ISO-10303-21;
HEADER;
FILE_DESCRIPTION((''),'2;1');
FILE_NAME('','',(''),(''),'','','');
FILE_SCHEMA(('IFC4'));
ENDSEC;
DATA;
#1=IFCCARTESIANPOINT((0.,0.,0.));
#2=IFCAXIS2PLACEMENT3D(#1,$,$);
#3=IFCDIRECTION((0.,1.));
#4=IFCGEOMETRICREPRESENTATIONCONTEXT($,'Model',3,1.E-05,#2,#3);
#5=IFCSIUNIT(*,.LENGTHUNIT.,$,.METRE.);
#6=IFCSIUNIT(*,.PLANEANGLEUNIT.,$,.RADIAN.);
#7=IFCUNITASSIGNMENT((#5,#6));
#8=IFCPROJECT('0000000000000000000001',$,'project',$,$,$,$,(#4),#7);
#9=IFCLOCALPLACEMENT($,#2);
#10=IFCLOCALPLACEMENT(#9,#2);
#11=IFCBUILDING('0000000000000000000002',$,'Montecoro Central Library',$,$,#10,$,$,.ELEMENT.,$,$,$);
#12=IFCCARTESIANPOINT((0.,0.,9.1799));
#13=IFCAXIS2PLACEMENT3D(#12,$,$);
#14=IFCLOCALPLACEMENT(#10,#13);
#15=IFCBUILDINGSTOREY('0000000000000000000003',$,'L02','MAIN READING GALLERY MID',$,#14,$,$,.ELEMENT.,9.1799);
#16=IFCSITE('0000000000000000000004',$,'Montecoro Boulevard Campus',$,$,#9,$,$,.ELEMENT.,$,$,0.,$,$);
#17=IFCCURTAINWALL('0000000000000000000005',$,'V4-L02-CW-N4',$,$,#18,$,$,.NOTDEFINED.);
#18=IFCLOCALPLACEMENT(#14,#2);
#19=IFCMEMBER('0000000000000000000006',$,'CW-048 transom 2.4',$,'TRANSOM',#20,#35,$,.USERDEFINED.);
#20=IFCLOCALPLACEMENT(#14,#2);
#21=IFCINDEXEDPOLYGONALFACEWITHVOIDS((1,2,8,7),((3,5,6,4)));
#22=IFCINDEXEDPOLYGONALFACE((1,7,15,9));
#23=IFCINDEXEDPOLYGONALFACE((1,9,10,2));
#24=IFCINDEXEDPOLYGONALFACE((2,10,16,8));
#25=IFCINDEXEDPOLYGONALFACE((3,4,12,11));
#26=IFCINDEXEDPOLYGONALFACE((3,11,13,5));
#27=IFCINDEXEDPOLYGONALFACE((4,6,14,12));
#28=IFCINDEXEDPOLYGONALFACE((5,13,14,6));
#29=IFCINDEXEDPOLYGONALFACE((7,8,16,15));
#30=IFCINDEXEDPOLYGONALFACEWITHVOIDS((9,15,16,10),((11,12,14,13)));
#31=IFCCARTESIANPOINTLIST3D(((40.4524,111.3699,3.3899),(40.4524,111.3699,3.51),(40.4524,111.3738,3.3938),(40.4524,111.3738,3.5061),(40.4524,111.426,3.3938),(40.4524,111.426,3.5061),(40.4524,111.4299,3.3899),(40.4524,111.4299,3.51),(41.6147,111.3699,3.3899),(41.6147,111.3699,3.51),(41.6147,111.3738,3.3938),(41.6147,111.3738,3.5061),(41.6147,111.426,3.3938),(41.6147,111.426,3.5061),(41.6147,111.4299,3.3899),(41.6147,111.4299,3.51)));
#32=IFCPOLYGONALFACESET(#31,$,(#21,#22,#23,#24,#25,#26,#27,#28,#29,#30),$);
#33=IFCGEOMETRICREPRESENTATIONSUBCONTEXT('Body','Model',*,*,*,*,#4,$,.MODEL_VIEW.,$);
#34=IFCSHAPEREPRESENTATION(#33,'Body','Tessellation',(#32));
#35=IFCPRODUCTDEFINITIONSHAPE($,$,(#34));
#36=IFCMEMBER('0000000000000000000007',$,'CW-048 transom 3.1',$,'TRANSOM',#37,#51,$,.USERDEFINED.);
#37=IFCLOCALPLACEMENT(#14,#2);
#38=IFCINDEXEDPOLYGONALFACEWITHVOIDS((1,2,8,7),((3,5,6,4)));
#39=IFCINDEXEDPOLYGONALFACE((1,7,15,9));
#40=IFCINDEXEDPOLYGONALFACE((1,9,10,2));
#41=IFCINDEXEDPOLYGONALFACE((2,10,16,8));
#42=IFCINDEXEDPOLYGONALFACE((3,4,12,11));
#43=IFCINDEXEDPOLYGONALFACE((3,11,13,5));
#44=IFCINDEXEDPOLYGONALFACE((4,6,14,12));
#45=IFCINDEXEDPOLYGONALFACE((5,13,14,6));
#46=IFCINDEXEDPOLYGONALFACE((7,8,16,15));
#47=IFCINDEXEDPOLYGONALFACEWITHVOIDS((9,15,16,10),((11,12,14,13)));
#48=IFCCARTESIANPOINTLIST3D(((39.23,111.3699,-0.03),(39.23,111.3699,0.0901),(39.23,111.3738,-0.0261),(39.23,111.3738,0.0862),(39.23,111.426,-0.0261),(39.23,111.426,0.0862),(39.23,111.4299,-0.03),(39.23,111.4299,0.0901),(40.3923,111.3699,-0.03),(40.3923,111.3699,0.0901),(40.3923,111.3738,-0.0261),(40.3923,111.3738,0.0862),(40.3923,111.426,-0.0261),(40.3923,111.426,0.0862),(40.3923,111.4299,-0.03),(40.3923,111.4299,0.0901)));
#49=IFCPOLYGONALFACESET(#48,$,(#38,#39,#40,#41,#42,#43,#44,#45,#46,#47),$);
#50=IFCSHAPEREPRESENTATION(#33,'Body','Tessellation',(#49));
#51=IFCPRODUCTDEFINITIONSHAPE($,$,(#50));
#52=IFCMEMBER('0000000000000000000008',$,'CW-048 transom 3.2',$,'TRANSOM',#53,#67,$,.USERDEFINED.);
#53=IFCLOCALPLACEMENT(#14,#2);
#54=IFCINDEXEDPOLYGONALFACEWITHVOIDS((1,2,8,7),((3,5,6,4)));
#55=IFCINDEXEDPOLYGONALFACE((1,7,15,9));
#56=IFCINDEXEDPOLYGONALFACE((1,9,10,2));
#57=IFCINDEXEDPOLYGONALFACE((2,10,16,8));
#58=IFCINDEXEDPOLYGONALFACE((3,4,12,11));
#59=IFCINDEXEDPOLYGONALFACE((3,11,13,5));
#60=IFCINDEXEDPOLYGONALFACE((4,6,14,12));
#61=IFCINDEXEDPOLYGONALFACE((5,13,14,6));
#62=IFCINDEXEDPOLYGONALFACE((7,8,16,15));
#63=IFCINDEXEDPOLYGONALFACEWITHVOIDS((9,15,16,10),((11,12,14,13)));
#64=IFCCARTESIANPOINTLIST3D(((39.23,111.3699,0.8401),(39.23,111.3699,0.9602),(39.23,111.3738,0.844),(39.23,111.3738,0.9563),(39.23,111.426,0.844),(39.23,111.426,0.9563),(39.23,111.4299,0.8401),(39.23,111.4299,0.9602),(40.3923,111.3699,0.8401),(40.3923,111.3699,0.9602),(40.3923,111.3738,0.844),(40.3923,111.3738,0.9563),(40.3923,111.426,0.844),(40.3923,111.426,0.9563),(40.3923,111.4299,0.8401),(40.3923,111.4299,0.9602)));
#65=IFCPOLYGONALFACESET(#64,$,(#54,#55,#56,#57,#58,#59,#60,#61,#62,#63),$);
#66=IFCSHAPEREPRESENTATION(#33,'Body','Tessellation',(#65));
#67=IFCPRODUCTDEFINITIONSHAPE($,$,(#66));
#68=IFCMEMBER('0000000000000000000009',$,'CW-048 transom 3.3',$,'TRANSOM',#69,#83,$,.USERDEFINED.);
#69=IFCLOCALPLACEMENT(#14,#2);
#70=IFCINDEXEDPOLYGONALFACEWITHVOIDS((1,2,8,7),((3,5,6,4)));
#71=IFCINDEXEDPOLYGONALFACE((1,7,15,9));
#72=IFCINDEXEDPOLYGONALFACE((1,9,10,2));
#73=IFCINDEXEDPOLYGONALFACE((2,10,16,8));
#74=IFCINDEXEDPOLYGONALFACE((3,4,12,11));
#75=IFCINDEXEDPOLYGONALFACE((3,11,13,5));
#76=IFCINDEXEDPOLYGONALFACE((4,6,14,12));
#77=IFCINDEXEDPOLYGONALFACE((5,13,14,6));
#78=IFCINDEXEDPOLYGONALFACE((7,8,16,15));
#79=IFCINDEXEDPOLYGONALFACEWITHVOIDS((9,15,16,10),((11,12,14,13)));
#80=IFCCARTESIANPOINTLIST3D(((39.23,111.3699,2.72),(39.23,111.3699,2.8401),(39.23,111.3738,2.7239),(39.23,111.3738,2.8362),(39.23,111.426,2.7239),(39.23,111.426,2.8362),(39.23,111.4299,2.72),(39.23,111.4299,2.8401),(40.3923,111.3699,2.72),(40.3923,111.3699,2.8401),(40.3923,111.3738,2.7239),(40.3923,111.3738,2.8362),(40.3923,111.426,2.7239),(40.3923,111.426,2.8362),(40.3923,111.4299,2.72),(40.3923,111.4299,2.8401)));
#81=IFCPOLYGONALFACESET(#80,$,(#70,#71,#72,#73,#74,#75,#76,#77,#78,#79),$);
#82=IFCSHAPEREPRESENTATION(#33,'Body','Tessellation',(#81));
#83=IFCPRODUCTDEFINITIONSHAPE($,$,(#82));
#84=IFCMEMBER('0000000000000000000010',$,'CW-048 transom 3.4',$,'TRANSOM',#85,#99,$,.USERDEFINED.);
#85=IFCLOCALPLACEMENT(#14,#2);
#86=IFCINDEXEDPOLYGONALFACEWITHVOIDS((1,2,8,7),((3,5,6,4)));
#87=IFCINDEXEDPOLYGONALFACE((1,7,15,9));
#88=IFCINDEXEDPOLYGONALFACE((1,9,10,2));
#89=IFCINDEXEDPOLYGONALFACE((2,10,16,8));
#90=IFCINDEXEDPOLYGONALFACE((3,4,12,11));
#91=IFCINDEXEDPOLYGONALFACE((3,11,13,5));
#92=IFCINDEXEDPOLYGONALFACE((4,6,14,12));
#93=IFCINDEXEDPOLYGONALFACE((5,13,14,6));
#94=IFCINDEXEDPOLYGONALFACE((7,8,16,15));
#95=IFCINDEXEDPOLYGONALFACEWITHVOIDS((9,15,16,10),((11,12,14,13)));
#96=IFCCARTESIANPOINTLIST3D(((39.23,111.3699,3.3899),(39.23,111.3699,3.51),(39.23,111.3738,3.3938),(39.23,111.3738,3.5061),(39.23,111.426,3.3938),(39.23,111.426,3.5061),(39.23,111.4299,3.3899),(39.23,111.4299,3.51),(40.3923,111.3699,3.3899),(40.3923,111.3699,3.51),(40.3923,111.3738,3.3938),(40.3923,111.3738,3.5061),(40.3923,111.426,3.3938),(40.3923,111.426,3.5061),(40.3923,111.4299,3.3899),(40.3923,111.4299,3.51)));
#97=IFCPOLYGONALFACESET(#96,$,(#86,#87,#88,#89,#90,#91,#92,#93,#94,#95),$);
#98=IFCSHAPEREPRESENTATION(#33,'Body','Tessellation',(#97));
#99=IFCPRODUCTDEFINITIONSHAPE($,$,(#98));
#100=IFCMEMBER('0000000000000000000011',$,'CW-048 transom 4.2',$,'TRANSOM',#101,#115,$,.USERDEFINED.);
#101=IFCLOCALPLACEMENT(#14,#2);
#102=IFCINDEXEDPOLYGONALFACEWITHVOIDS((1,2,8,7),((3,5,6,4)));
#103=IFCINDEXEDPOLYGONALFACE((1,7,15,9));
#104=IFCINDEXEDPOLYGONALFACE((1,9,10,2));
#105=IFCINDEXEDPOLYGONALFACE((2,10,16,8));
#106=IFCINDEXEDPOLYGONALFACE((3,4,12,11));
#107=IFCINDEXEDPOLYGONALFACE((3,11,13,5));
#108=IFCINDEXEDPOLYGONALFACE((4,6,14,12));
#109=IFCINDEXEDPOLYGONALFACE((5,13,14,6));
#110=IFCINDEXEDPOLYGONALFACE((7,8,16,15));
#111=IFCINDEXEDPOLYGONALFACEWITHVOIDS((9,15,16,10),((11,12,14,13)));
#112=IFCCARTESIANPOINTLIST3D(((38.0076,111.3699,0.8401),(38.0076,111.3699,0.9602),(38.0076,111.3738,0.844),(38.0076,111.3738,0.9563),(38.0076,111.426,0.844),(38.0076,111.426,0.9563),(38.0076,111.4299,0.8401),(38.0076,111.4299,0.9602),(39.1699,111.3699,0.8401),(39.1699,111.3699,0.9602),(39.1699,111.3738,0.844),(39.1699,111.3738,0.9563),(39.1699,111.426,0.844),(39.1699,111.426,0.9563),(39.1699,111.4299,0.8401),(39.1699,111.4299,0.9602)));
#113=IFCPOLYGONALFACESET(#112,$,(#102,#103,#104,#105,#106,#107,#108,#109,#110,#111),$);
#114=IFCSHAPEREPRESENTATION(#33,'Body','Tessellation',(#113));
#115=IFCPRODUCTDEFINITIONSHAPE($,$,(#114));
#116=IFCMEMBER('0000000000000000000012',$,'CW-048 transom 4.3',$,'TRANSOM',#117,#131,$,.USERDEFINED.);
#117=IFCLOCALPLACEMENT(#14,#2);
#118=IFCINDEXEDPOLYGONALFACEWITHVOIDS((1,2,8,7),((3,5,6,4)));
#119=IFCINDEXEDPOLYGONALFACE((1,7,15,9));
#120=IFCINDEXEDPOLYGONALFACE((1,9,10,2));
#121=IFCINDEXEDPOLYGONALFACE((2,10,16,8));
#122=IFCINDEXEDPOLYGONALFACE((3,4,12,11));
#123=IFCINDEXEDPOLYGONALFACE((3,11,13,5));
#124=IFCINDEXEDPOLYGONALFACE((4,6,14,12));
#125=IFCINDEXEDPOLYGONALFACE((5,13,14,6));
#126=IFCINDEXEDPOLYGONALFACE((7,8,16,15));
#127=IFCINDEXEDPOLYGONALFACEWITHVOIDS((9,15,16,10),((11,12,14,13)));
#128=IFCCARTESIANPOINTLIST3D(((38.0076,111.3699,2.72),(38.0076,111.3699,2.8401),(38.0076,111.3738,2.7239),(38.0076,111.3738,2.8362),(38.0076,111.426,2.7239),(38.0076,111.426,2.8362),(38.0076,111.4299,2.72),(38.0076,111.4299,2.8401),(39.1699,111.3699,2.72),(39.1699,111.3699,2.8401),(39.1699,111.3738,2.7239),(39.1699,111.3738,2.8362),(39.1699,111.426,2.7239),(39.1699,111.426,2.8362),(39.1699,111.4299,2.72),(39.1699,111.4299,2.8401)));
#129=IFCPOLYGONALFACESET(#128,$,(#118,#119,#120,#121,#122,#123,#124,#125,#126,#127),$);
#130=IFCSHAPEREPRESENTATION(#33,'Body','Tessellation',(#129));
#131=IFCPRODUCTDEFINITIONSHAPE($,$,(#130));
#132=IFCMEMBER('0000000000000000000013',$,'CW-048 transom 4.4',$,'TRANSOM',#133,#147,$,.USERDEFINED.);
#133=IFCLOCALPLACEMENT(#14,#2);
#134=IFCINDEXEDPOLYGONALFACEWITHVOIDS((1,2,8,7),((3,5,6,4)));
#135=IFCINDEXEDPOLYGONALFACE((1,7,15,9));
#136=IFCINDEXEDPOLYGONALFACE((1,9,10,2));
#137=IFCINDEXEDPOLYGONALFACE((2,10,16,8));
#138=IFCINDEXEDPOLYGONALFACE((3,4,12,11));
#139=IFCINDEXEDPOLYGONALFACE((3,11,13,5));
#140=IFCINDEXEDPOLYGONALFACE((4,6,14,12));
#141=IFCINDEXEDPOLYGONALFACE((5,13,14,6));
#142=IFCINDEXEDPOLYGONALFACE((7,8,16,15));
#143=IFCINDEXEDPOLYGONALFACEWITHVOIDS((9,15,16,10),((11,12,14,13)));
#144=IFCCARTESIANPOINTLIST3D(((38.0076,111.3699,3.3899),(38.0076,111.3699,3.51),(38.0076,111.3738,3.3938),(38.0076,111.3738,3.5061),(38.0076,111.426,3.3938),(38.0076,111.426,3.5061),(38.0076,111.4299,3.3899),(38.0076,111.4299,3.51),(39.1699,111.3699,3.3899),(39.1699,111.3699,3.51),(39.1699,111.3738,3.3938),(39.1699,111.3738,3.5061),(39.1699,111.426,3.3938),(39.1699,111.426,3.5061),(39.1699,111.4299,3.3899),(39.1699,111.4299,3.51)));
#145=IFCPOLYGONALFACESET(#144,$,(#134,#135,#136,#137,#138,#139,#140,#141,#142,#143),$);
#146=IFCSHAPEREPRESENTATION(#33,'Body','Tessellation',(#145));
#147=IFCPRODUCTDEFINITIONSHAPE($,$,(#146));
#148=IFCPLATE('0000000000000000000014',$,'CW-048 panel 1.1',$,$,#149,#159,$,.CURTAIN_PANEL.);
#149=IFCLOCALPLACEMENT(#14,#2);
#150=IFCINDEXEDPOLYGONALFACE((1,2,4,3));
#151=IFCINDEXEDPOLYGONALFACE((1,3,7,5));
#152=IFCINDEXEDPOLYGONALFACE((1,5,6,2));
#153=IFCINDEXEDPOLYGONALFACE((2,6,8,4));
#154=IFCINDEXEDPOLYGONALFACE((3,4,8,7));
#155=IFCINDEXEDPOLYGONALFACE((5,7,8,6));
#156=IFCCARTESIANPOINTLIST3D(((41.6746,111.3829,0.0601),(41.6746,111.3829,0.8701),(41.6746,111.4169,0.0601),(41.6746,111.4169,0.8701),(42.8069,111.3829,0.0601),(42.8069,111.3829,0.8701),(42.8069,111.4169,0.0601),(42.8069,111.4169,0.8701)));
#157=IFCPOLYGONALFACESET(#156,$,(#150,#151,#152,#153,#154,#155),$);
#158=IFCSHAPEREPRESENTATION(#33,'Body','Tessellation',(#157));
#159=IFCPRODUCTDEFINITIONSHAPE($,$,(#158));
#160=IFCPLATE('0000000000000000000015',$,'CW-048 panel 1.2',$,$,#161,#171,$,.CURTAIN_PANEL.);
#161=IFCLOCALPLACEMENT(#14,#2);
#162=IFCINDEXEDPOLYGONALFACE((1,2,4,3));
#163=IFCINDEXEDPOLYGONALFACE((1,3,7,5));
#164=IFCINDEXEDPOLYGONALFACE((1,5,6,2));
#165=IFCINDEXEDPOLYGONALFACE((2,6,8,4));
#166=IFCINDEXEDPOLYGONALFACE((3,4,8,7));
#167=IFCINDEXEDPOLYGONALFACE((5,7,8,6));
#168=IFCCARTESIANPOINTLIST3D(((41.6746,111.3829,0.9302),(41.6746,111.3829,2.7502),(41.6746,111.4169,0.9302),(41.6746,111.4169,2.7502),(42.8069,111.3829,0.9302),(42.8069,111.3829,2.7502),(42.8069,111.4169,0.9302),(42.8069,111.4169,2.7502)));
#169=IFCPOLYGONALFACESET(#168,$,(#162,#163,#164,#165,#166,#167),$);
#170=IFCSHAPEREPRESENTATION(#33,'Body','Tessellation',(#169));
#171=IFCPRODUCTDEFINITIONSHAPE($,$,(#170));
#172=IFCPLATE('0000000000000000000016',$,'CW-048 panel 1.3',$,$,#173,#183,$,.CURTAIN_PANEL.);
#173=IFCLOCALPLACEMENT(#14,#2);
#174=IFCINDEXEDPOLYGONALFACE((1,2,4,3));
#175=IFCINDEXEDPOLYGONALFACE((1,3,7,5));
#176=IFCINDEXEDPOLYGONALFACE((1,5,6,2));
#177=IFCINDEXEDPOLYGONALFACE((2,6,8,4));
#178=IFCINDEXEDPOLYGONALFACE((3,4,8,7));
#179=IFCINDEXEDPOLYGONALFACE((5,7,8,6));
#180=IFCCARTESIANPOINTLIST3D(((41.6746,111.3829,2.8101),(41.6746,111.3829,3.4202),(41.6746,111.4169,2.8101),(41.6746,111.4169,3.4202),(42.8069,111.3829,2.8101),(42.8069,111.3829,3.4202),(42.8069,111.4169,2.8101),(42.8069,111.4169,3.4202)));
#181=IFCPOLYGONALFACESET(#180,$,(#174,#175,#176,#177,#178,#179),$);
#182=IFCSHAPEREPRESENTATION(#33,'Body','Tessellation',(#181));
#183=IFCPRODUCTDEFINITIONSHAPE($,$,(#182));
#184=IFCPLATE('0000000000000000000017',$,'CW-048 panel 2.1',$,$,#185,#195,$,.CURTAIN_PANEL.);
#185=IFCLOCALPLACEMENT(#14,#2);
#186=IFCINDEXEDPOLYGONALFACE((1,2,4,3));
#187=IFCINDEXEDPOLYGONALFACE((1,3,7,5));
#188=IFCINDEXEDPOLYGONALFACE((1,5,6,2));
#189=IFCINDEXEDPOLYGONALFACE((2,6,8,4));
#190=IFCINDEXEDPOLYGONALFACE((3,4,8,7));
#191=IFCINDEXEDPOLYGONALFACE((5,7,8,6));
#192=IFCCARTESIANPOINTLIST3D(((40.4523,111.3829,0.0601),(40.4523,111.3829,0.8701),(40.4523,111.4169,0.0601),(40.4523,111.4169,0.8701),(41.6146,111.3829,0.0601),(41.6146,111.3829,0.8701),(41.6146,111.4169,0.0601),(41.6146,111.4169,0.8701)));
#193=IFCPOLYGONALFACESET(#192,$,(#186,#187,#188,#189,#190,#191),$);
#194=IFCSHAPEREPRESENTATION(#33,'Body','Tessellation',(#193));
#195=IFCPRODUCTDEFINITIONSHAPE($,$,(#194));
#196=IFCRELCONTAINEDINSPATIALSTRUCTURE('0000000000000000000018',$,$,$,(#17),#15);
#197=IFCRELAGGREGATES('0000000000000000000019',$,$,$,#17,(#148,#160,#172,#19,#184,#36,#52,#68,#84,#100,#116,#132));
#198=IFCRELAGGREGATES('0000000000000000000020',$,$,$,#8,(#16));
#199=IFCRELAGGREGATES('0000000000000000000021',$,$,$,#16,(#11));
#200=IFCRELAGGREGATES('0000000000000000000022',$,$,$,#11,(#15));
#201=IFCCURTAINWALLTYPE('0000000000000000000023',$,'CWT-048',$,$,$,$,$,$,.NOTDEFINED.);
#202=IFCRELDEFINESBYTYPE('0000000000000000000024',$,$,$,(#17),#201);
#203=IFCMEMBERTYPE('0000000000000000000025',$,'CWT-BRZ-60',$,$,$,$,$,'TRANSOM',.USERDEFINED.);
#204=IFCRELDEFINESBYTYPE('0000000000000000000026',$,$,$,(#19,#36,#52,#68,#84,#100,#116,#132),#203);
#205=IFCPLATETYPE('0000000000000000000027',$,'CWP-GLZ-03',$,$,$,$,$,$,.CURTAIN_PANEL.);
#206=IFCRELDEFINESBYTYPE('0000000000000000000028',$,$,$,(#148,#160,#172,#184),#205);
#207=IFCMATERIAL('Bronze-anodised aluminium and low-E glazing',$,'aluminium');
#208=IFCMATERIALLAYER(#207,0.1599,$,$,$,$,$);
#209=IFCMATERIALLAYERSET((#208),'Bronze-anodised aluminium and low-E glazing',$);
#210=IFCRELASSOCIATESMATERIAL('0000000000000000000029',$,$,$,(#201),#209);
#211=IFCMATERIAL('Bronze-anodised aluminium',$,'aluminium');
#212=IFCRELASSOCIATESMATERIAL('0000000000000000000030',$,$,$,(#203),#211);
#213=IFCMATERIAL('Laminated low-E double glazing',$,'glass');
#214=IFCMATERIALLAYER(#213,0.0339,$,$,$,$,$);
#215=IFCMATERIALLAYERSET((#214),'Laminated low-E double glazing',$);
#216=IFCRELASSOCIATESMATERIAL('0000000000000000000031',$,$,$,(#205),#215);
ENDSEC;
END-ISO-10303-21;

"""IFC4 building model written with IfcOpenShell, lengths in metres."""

from ifc_helpers import new_model, si_unit, direction, frame, origin, origin_2d, place, context, subcontext, project, spatial, rectangle, hollow_rectangle, extrude, material, layer, layer_set, material_profile, profile_set, type_object, element, aggregate, save


model = new_model("IFC4")

# Units and contexts
model_context = context("Model", 3, precision=1e-05, world=origin(), true_north=direction((0.0, 1.0)))
body_context = subcontext(model_context, "Body", "Model", "MODEL_VIEW")
ifc_project = project(units=[si_unit("LENGTHUNIT", "METRE"), si_unit("PLANEANGLEUNIT", "RADIAN")], contexts=[model_context])

# Site, building, storey
site_placement = place(None, origin())
site = spatial("IfcSite", under=ifc_project, at=site_placement, Name="Montecoro Boulevard Campus", CompositionType="ELEMENT", RefElevation=0.0)
building_placement = place(site_placement, origin())
building = spatial("IfcBuilding", under=site, at=building_placement, Name="Montecoro Central Library", CompositionType="ELEMENT")
storey_placement = place(building_placement, frame((0.0, 0.0, 9.1799)))
storey = spatial("IfcBuildingStorey", under=building, at=storey_placement, Name="L02", Description="MAIN READING GALLERY MID", CompositionType="ELEMENT", Elevation=9.1799)

# Curtain wall, members, plates
ifc_material_1 = material(Name="Bronze-anodised aluminium and low-E glazing", Category="aluminium")
ifc_layer_1 = layer(ifc_material_1, 0.1599)
ifc_layer_set_1 = layer_set([ifc_layer_1], Name="Bronze-anodised aluminium and low-E glazing")
curtain_wall_type = type_object("IfcCurtainWallType", Name="CWT-048", PredefinedType="NOTDEFINED", material=ifc_layer_set_1)
curtain_wall_placement = place(storey_placement, origin())
curtain_wall = element("IfcCurtainWall", 1, at=curtain_wall_placement, inside=storey, type_object=curtain_wall_type, Name="V4-L02-CW-N4", PredefinedType="NOTDEFINED")
ifc_material_2 = material(Name="Bronze-anodised aluminium", Category="aluminium")
ifc_material_profile_1 = material_profile(ifc_material_2, hollow_rectangle(XDim=0.0601, YDim=0.1201, WallThickness=0.0039, at=origin_2d()), Name="CWT 120x60x4.0")
ifc_profile_set_1 = profile_set([ifc_material_profile_1], Name="Bronze-anodised aluminium")
member_type_1 = type_object("IfcMemberType", Name="CWT-BRZ-60", ElementType="TRANSOM", PredefinedType="USERDEFINED", material=ifc_profile_set_1)
member_1_placement = place(storey_placement, frame((41.6147, 111.3999, 3.45), z_axis=(-1.0, 0.0, 0.0), x_axis=(0.0, -1.0, 0.0)))
member_1 = element("IfcMember", 2, at=member_1_placement, type_object=member_type_1, Name="CW-048 transom 2.4", ObjectType="TRANSOM", PredefinedType="USERDEFINED", context=body_context, shape_type="SweptSolid", body=[
    extrude(hollow_rectangle(XDim=0.0601, YDim=0.1201, WallThickness=0.0039, at=origin_2d()), origin(), (0.0, 0.0, 1.0), 1.1624),
])
member_2_placement = place(storey_placement, frame((40.3923, 111.3999, 0.03), z_axis=(-1.0, 0.0, 0.0), x_axis=(0.0, -1.0, 0.0)))
member_2 = element("IfcMember", 3, at=member_2_placement, type_object=member_type_1, Name="CW-048 transom 3.1", ObjectType="TRANSOM", PredefinedType="USERDEFINED", context=body_context, shape_type="SweptSolid", body=[
    extrude(hollow_rectangle(XDim=0.0601, YDim=0.1201, WallThickness=0.0039, at=origin_2d()), origin(), (0.0, 0.0, 1.0), 1.1624),
])
member_3_placement = place(storey_placement, frame((40.3923, 111.3999, 0.9001), z_axis=(-1.0, 0.0, 0.0), x_axis=(0.0, -1.0, 0.0)))
member_3 = element("IfcMember", 4, at=member_3_placement, type_object=member_type_1, Name="CW-048 transom 3.2", ObjectType="TRANSOM", PredefinedType="USERDEFINED", context=body_context, shape_type="SweptSolid", body=[
    extrude(hollow_rectangle(XDim=0.0601, YDim=0.1201, WallThickness=0.0039, at=origin_2d()), origin(), (0.0, 0.0, 1.0), 1.1624),
])
member_4_placement = place(storey_placement, frame((40.3923, 111.3999, 2.78), z_axis=(-1.0, 0.0, 0.0), x_axis=(0.0, -1.0, 0.0)))
member_4 = element("IfcMember", 5, at=member_4_placement, type_object=member_type_1, Name="CW-048 transom 3.3", ObjectType="TRANSOM", PredefinedType="USERDEFINED", context=body_context, shape_type="SweptSolid", body=[
    extrude(hollow_rectangle(XDim=0.0601, YDim=0.1201, WallThickness=0.0039, at=origin_2d()), origin(), (0.0, 0.0, 1.0), 1.1624),
])
member_5_placement = place(storey_placement, frame((40.3923, 111.3999, 3.45), z_axis=(-1.0, 0.0, 0.0), x_axis=(0.0, -1.0, 0.0)))
member_5 = element("IfcMember", 6, at=member_5_placement, type_object=member_type_1, Name="CW-048 transom 3.4", ObjectType="TRANSOM", PredefinedType="USERDEFINED", context=body_context, shape_type="SweptSolid", body=[
    extrude(hollow_rectangle(XDim=0.0601, YDim=0.1201, WallThickness=0.0039, at=origin_2d()), origin(), (0.0, 0.0, 1.0), 1.1624),
])
member_6_placement = place(storey_placement, frame((39.1699, 111.3999, 0.9001), z_axis=(-1.0, 0.0, 0.0), x_axis=(0.0, -1.0, 0.0)))
member_6 = element("IfcMember", 7, at=member_6_placement, type_object=member_type_1, Name="CW-048 transom 4.2", ObjectType="TRANSOM", PredefinedType="USERDEFINED", context=body_context, shape_type="SweptSolid", body=[
    extrude(hollow_rectangle(XDim=0.0601, YDim=0.1201, WallThickness=0.0039, at=origin_2d()), origin(), (0.0, 0.0, 1.0), 1.1624),
])
member_7_placement = place(storey_placement, frame((39.1699, 111.3999, 2.78), z_axis=(-1.0, 0.0, 0.0), x_axis=(0.0, -1.0, 0.0)))
member_7 = element("IfcMember", 8, at=member_7_placement, type_object=member_type_1, Name="CW-048 transom 4.3", ObjectType="TRANSOM", PredefinedType="USERDEFINED", context=body_context, shape_type="SweptSolid", body=[
    extrude(hollow_rectangle(XDim=0.0601, YDim=0.1201, WallThickness=0.0039, at=origin_2d()), origin(), (0.0, 0.0, 1.0), 1.1624),
])
member_8_placement = place(storey_placement, frame((39.1699, 111.3999, 3.45), z_axis=(-1.0, 0.0, 0.0), x_axis=(0.0, -1.0, 0.0)))
member_8 = element("IfcMember", 9, at=member_8_placement, type_object=member_type_1, Name="CW-048 transom 4.4", ObjectType="TRANSOM", PredefinedType="USERDEFINED", context=body_context, shape_type="SweptSolid", body=[
    extrude(hollow_rectangle(XDim=0.0601, YDim=0.1201, WallThickness=0.0039, at=origin_2d()), origin(), (0.0, 0.0, 1.0), 1.1624),
])
ifc_material_3 = material(Name="Laminated low-E double glazing", Category="glass")
ifc_layer_2 = layer(ifc_material_3, 0.0339)
ifc_layer_set_2 = layer_set([ifc_layer_2], Name="Laminated low-E double glazing")
plate_type = type_object("IfcPlateType", Name="CWP-GLZ-03", PredefinedType="CURTAIN_PANEL", material=ifc_layer_set_2)
plate_1_placement = place(storey_placement, frame((42.2407, 111.3999, 0.0601), z_axis=(0.0, 0.0, 1.0), x_axis=(-1.0, 0.0, 0.0)))
plate_1 = element("IfcPlate", 10, at=plate_1_placement, type_object=plate_type, Name="CW-048 panel 1.1", PredefinedType="CURTAIN_PANEL", context=body_context, shape_type="SweptSolid", body=[
    extrude(rectangle(XDim=1.1323, YDim=0.0339, at=origin_2d()), origin(), (0.0, 0.0, 1.0), 0.8101),
])
plate_2_placement = place(storey_placement, frame((42.2407, 111.3999, 0.9302), z_axis=(0.0, 0.0, 1.0), x_axis=(-1.0, 0.0, 0.0)))
plate_2 = element("IfcPlate", 11, at=plate_2_placement, type_object=plate_type, Name="CW-048 panel 1.2", PredefinedType="CURTAIN_PANEL", context=body_context, shape_type="SweptSolid", body=[
    extrude(rectangle(XDim=1.1323, YDim=0.0339, at=origin_2d()), origin(), (0.0, 0.0, 1.0), 1.8201),
])
plate_3_placement = place(storey_placement, frame((42.2407, 111.3999, 2.8101), z_axis=(0.0, 0.0, 1.0), x_axis=(-1.0, 0.0, 0.0)))
plate_3 = element("IfcPlate", 12, at=plate_3_placement, type_object=plate_type, Name="CW-048 panel 1.3", PredefinedType="CURTAIN_PANEL", context=body_context, shape_type="SweptSolid", body=[
    extrude(rectangle(XDim=1.1323, YDim=0.0339, at=origin_2d()), origin(), (0.0, 0.0, 1.0), 0.6101),
])
plate_4_placement = place(storey_placement, frame((41.0334, 111.3999, 0.0601), z_axis=(0.0, 0.0, 1.0), x_axis=(-1.0, 0.0, 0.0)))
plate_4 = element("IfcPlate", 13, at=plate_4_placement, type_object=plate_type, Name="CW-048 panel 2.1", PredefinedType="CURTAIN_PANEL", context=body_context, shape_type="SweptSolid", body=[
    extrude(rectangle(XDim=1.1624, YDim=0.0339, at=origin_2d()), origin(), (0.0, 0.0, 1.0), 0.8101),
])
aggregate(curtain_wall, [plate_1, plate_2, plate_3, member_1, plate_4, member_2, member_3, member_4, member_5, member_6, member_7, member_8])

save(model, "model.ifc")
